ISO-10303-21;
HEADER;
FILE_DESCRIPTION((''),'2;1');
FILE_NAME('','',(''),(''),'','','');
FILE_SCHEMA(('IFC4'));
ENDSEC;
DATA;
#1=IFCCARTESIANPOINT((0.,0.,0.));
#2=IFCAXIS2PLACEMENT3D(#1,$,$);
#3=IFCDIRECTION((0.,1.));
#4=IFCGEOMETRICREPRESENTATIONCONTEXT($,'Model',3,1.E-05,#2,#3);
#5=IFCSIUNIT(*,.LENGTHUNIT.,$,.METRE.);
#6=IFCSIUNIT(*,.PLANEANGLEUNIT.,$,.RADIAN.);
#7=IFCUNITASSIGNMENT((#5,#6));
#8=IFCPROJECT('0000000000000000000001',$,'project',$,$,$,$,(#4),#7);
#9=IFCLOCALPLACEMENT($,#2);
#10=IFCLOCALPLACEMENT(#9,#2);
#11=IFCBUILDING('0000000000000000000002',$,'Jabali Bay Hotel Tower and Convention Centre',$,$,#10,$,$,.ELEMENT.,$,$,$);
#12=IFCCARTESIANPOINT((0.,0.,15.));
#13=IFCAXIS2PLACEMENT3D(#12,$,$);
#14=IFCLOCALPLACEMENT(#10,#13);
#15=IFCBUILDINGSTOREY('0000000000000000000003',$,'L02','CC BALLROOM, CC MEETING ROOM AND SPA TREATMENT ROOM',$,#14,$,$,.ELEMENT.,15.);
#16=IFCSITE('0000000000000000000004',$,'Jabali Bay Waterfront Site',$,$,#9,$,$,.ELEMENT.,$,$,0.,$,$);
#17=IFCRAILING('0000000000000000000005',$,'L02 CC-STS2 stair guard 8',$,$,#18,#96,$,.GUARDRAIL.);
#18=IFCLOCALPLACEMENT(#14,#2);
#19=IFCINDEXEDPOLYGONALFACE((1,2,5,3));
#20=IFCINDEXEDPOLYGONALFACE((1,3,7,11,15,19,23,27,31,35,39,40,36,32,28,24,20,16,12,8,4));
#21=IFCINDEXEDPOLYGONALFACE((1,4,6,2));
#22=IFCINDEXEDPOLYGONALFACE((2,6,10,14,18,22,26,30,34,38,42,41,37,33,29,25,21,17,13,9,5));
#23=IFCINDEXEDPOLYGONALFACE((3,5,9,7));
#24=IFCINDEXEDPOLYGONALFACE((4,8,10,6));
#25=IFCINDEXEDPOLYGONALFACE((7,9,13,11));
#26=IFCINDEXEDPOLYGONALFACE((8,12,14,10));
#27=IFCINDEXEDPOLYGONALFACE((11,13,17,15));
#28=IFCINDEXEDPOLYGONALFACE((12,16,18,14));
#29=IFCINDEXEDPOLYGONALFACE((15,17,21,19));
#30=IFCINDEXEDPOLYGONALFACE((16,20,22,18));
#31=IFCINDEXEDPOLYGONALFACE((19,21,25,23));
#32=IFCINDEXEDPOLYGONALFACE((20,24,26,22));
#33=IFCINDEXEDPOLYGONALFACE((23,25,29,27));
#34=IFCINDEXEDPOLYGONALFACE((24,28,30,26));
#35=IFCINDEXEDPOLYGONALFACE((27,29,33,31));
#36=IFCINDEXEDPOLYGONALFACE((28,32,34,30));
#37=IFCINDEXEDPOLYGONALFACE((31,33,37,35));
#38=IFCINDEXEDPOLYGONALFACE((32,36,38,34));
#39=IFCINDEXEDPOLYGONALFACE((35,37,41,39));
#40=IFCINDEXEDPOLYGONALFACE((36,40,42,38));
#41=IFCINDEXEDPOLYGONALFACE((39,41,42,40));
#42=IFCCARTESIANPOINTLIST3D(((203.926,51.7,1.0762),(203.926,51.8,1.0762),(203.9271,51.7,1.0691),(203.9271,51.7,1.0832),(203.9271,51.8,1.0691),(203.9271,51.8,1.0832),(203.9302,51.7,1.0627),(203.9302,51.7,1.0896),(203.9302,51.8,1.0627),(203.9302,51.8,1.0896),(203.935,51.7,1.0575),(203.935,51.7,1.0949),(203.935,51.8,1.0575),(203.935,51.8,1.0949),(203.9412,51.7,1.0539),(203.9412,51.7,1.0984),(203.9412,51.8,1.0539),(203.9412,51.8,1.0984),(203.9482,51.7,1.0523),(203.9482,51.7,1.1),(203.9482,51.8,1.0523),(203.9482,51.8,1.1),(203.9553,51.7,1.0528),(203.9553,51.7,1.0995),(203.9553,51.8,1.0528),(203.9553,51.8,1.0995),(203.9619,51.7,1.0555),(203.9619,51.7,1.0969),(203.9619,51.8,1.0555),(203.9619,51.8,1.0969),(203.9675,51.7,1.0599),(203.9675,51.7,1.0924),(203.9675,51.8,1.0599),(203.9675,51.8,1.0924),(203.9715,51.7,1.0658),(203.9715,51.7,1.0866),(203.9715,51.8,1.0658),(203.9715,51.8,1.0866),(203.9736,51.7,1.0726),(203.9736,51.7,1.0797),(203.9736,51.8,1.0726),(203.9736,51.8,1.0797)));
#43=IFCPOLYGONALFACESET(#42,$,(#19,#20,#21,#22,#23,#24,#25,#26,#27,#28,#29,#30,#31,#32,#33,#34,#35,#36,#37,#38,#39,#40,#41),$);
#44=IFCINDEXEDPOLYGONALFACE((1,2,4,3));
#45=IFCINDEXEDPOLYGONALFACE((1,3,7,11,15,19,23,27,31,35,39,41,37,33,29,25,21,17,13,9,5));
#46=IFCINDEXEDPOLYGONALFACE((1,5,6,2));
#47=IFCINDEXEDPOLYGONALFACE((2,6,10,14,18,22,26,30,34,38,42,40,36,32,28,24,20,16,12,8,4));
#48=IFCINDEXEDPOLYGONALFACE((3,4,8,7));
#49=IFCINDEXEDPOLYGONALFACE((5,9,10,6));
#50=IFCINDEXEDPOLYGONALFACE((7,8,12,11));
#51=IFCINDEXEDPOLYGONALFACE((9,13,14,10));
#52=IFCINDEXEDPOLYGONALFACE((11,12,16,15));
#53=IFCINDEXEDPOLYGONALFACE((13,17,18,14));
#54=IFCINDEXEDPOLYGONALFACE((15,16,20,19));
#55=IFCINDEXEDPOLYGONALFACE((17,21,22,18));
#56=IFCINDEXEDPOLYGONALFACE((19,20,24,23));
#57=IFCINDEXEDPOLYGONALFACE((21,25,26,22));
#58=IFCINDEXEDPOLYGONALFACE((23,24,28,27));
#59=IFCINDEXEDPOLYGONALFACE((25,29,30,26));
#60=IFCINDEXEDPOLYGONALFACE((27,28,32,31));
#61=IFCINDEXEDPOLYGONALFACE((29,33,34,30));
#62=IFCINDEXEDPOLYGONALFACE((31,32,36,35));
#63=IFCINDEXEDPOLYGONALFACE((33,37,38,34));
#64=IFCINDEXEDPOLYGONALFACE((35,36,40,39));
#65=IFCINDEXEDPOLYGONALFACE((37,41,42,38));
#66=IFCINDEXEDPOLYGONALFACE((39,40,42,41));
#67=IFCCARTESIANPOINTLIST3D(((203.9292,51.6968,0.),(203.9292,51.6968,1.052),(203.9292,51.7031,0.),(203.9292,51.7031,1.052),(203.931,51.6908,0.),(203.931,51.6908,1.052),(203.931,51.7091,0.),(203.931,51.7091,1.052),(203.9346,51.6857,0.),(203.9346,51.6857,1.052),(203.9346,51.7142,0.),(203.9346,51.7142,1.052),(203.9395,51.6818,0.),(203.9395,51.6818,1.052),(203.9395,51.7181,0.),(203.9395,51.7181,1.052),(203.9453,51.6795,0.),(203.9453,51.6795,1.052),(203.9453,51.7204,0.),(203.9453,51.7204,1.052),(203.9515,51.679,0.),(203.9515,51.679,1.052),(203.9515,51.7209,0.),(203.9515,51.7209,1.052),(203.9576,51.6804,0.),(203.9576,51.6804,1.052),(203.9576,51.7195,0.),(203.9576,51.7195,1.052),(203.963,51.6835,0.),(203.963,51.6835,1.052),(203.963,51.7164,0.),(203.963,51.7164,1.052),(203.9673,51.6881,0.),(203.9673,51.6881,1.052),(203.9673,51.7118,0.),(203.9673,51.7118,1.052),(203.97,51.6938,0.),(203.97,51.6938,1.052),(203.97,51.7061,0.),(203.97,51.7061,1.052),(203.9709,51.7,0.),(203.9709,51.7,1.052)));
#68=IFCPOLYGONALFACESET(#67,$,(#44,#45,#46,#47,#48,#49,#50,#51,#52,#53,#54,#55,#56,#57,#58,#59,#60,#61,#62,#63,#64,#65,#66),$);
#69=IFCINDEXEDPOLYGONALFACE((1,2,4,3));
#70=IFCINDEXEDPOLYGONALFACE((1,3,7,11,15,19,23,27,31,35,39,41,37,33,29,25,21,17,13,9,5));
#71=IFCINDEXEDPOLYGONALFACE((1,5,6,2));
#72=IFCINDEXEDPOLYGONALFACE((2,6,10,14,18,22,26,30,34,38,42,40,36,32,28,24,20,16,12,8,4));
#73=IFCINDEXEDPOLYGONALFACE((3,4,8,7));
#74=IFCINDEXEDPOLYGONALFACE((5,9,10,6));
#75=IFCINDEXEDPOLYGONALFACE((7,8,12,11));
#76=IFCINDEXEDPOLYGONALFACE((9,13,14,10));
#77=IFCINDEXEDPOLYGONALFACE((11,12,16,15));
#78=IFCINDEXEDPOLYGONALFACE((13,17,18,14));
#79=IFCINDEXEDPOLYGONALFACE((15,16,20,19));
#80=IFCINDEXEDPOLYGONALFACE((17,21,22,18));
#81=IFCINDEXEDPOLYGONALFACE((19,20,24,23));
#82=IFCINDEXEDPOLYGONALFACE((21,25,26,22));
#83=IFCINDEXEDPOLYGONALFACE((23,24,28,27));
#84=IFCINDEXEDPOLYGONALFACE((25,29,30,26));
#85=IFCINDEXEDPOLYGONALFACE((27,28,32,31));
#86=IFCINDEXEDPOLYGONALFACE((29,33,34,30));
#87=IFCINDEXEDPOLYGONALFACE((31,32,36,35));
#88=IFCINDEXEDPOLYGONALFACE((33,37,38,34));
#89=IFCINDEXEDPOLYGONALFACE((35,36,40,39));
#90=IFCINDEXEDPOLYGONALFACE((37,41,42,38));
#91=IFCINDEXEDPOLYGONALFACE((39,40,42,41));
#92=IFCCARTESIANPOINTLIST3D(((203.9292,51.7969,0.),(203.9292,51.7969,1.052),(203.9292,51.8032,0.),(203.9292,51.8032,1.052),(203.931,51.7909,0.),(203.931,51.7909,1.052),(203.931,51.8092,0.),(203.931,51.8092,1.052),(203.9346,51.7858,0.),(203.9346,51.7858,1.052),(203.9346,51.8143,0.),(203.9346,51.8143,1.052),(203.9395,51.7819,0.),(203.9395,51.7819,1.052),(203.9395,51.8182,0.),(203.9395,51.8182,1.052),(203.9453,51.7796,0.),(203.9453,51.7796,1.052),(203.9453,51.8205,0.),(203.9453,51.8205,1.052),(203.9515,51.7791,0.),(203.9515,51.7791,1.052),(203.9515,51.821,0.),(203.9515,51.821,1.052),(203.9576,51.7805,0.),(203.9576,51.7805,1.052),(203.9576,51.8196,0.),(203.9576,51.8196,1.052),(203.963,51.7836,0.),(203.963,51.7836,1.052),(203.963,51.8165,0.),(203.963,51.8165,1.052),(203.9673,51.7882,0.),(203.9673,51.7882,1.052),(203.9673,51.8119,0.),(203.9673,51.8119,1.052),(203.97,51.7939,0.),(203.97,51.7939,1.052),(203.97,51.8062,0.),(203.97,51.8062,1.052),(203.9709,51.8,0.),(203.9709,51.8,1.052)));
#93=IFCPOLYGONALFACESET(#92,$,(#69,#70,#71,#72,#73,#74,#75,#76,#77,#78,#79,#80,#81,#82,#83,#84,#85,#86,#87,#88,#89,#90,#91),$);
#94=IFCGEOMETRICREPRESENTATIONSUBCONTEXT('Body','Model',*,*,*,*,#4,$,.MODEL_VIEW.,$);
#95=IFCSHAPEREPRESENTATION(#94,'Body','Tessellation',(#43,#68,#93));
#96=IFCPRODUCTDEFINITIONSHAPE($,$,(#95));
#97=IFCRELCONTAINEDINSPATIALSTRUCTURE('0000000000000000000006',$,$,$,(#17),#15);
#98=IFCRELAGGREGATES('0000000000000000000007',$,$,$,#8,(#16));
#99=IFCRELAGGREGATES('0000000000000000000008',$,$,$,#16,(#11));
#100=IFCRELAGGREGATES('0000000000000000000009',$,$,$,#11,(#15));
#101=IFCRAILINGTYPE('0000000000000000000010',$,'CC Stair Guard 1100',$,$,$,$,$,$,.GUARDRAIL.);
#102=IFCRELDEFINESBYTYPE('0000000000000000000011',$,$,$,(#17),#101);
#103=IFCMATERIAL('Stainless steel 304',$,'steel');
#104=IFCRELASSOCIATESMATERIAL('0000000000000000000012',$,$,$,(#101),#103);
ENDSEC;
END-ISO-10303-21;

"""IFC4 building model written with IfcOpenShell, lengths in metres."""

from ifc_helpers import new_model, si_unit, direction, frame, origin, origin_2d, place, context, subcontext, project, spatial, circle, extrude, material, type_object, element, save


model = new_model("IFC4")

# Units and contexts
model_context = context("Model", 3, precision=1e-05, world=origin(), true_north=direction((0.0, 1.0)))
body_context = subcontext(model_context, "Body", "Model", "MODEL_VIEW")
ifc_project = project(units=[si_unit("LENGTHUNIT", "METRE"), si_unit("PLANEANGLEUNIT", "RADIAN")], contexts=[model_context])

# Site, building, storey
site_placement = place(None, origin())
site = spatial("IfcSite", under=ifc_project, at=site_placement, Name="Jabali Bay Waterfront Site", CompositionType="ELEMENT", RefElevation=0.0)
building_placement = place(site_placement, origin())
building = spatial("IfcBuilding", under=site, at=building_placement, Name="Jabali Bay Hotel Tower and Convention Centre", CompositionType="ELEMENT")
storey_placement = place(building_placement, frame((0.0, 0.0, 15.0)))
storey = spatial("IfcBuildingStorey", under=building, at=storey_placement, Name="L02", Description="CC BALLROOM, CC MEETING ROOM AND SPA TREATMENT ROOM", CompositionType="ELEMENT", Elevation=15.0)

# Railing
ifc_material_1 = material(Name="Stainless steel 304", Category="steel")
railing_type_1 = type_object("IfcRailingType", Name="CC Stair Guard 1100", PredefinedType="GUARDRAIL", material=ifc_material_1)
railing_1_placement = place(storey_placement, frame((203.95, 51.7, 0.0)))
element("IfcRailing", 1, at=railing_1_placement, inside=storey, type_object=railing_type_1, Name="L02 CC-STS2 stair guard 8", PredefinedType="GUARDRAIL", context=body_context, shape_type="SweptSolid", body=[
    extrude(circle(Radius=0.0239, at=origin_2d()), frame((0.0, 0.0, 1.0762), z_axis=(0.0, 1.0, 0.0), x_axis=(-1.0, 0.0, 0.0)), (0.0, 0.0, 1.0), 0.1001),
    extrude(circle(Radius=0.021, at=origin_2d()), origin(), (0.0, 0.0, 1.0), 1.052),
    extrude(circle(Radius=0.021, at=origin_2d()), frame((0.0, 0.1001, 0.0)), (0.0, 0.0, 1.0), 1.052),
])

save(model, "model.ifc")
